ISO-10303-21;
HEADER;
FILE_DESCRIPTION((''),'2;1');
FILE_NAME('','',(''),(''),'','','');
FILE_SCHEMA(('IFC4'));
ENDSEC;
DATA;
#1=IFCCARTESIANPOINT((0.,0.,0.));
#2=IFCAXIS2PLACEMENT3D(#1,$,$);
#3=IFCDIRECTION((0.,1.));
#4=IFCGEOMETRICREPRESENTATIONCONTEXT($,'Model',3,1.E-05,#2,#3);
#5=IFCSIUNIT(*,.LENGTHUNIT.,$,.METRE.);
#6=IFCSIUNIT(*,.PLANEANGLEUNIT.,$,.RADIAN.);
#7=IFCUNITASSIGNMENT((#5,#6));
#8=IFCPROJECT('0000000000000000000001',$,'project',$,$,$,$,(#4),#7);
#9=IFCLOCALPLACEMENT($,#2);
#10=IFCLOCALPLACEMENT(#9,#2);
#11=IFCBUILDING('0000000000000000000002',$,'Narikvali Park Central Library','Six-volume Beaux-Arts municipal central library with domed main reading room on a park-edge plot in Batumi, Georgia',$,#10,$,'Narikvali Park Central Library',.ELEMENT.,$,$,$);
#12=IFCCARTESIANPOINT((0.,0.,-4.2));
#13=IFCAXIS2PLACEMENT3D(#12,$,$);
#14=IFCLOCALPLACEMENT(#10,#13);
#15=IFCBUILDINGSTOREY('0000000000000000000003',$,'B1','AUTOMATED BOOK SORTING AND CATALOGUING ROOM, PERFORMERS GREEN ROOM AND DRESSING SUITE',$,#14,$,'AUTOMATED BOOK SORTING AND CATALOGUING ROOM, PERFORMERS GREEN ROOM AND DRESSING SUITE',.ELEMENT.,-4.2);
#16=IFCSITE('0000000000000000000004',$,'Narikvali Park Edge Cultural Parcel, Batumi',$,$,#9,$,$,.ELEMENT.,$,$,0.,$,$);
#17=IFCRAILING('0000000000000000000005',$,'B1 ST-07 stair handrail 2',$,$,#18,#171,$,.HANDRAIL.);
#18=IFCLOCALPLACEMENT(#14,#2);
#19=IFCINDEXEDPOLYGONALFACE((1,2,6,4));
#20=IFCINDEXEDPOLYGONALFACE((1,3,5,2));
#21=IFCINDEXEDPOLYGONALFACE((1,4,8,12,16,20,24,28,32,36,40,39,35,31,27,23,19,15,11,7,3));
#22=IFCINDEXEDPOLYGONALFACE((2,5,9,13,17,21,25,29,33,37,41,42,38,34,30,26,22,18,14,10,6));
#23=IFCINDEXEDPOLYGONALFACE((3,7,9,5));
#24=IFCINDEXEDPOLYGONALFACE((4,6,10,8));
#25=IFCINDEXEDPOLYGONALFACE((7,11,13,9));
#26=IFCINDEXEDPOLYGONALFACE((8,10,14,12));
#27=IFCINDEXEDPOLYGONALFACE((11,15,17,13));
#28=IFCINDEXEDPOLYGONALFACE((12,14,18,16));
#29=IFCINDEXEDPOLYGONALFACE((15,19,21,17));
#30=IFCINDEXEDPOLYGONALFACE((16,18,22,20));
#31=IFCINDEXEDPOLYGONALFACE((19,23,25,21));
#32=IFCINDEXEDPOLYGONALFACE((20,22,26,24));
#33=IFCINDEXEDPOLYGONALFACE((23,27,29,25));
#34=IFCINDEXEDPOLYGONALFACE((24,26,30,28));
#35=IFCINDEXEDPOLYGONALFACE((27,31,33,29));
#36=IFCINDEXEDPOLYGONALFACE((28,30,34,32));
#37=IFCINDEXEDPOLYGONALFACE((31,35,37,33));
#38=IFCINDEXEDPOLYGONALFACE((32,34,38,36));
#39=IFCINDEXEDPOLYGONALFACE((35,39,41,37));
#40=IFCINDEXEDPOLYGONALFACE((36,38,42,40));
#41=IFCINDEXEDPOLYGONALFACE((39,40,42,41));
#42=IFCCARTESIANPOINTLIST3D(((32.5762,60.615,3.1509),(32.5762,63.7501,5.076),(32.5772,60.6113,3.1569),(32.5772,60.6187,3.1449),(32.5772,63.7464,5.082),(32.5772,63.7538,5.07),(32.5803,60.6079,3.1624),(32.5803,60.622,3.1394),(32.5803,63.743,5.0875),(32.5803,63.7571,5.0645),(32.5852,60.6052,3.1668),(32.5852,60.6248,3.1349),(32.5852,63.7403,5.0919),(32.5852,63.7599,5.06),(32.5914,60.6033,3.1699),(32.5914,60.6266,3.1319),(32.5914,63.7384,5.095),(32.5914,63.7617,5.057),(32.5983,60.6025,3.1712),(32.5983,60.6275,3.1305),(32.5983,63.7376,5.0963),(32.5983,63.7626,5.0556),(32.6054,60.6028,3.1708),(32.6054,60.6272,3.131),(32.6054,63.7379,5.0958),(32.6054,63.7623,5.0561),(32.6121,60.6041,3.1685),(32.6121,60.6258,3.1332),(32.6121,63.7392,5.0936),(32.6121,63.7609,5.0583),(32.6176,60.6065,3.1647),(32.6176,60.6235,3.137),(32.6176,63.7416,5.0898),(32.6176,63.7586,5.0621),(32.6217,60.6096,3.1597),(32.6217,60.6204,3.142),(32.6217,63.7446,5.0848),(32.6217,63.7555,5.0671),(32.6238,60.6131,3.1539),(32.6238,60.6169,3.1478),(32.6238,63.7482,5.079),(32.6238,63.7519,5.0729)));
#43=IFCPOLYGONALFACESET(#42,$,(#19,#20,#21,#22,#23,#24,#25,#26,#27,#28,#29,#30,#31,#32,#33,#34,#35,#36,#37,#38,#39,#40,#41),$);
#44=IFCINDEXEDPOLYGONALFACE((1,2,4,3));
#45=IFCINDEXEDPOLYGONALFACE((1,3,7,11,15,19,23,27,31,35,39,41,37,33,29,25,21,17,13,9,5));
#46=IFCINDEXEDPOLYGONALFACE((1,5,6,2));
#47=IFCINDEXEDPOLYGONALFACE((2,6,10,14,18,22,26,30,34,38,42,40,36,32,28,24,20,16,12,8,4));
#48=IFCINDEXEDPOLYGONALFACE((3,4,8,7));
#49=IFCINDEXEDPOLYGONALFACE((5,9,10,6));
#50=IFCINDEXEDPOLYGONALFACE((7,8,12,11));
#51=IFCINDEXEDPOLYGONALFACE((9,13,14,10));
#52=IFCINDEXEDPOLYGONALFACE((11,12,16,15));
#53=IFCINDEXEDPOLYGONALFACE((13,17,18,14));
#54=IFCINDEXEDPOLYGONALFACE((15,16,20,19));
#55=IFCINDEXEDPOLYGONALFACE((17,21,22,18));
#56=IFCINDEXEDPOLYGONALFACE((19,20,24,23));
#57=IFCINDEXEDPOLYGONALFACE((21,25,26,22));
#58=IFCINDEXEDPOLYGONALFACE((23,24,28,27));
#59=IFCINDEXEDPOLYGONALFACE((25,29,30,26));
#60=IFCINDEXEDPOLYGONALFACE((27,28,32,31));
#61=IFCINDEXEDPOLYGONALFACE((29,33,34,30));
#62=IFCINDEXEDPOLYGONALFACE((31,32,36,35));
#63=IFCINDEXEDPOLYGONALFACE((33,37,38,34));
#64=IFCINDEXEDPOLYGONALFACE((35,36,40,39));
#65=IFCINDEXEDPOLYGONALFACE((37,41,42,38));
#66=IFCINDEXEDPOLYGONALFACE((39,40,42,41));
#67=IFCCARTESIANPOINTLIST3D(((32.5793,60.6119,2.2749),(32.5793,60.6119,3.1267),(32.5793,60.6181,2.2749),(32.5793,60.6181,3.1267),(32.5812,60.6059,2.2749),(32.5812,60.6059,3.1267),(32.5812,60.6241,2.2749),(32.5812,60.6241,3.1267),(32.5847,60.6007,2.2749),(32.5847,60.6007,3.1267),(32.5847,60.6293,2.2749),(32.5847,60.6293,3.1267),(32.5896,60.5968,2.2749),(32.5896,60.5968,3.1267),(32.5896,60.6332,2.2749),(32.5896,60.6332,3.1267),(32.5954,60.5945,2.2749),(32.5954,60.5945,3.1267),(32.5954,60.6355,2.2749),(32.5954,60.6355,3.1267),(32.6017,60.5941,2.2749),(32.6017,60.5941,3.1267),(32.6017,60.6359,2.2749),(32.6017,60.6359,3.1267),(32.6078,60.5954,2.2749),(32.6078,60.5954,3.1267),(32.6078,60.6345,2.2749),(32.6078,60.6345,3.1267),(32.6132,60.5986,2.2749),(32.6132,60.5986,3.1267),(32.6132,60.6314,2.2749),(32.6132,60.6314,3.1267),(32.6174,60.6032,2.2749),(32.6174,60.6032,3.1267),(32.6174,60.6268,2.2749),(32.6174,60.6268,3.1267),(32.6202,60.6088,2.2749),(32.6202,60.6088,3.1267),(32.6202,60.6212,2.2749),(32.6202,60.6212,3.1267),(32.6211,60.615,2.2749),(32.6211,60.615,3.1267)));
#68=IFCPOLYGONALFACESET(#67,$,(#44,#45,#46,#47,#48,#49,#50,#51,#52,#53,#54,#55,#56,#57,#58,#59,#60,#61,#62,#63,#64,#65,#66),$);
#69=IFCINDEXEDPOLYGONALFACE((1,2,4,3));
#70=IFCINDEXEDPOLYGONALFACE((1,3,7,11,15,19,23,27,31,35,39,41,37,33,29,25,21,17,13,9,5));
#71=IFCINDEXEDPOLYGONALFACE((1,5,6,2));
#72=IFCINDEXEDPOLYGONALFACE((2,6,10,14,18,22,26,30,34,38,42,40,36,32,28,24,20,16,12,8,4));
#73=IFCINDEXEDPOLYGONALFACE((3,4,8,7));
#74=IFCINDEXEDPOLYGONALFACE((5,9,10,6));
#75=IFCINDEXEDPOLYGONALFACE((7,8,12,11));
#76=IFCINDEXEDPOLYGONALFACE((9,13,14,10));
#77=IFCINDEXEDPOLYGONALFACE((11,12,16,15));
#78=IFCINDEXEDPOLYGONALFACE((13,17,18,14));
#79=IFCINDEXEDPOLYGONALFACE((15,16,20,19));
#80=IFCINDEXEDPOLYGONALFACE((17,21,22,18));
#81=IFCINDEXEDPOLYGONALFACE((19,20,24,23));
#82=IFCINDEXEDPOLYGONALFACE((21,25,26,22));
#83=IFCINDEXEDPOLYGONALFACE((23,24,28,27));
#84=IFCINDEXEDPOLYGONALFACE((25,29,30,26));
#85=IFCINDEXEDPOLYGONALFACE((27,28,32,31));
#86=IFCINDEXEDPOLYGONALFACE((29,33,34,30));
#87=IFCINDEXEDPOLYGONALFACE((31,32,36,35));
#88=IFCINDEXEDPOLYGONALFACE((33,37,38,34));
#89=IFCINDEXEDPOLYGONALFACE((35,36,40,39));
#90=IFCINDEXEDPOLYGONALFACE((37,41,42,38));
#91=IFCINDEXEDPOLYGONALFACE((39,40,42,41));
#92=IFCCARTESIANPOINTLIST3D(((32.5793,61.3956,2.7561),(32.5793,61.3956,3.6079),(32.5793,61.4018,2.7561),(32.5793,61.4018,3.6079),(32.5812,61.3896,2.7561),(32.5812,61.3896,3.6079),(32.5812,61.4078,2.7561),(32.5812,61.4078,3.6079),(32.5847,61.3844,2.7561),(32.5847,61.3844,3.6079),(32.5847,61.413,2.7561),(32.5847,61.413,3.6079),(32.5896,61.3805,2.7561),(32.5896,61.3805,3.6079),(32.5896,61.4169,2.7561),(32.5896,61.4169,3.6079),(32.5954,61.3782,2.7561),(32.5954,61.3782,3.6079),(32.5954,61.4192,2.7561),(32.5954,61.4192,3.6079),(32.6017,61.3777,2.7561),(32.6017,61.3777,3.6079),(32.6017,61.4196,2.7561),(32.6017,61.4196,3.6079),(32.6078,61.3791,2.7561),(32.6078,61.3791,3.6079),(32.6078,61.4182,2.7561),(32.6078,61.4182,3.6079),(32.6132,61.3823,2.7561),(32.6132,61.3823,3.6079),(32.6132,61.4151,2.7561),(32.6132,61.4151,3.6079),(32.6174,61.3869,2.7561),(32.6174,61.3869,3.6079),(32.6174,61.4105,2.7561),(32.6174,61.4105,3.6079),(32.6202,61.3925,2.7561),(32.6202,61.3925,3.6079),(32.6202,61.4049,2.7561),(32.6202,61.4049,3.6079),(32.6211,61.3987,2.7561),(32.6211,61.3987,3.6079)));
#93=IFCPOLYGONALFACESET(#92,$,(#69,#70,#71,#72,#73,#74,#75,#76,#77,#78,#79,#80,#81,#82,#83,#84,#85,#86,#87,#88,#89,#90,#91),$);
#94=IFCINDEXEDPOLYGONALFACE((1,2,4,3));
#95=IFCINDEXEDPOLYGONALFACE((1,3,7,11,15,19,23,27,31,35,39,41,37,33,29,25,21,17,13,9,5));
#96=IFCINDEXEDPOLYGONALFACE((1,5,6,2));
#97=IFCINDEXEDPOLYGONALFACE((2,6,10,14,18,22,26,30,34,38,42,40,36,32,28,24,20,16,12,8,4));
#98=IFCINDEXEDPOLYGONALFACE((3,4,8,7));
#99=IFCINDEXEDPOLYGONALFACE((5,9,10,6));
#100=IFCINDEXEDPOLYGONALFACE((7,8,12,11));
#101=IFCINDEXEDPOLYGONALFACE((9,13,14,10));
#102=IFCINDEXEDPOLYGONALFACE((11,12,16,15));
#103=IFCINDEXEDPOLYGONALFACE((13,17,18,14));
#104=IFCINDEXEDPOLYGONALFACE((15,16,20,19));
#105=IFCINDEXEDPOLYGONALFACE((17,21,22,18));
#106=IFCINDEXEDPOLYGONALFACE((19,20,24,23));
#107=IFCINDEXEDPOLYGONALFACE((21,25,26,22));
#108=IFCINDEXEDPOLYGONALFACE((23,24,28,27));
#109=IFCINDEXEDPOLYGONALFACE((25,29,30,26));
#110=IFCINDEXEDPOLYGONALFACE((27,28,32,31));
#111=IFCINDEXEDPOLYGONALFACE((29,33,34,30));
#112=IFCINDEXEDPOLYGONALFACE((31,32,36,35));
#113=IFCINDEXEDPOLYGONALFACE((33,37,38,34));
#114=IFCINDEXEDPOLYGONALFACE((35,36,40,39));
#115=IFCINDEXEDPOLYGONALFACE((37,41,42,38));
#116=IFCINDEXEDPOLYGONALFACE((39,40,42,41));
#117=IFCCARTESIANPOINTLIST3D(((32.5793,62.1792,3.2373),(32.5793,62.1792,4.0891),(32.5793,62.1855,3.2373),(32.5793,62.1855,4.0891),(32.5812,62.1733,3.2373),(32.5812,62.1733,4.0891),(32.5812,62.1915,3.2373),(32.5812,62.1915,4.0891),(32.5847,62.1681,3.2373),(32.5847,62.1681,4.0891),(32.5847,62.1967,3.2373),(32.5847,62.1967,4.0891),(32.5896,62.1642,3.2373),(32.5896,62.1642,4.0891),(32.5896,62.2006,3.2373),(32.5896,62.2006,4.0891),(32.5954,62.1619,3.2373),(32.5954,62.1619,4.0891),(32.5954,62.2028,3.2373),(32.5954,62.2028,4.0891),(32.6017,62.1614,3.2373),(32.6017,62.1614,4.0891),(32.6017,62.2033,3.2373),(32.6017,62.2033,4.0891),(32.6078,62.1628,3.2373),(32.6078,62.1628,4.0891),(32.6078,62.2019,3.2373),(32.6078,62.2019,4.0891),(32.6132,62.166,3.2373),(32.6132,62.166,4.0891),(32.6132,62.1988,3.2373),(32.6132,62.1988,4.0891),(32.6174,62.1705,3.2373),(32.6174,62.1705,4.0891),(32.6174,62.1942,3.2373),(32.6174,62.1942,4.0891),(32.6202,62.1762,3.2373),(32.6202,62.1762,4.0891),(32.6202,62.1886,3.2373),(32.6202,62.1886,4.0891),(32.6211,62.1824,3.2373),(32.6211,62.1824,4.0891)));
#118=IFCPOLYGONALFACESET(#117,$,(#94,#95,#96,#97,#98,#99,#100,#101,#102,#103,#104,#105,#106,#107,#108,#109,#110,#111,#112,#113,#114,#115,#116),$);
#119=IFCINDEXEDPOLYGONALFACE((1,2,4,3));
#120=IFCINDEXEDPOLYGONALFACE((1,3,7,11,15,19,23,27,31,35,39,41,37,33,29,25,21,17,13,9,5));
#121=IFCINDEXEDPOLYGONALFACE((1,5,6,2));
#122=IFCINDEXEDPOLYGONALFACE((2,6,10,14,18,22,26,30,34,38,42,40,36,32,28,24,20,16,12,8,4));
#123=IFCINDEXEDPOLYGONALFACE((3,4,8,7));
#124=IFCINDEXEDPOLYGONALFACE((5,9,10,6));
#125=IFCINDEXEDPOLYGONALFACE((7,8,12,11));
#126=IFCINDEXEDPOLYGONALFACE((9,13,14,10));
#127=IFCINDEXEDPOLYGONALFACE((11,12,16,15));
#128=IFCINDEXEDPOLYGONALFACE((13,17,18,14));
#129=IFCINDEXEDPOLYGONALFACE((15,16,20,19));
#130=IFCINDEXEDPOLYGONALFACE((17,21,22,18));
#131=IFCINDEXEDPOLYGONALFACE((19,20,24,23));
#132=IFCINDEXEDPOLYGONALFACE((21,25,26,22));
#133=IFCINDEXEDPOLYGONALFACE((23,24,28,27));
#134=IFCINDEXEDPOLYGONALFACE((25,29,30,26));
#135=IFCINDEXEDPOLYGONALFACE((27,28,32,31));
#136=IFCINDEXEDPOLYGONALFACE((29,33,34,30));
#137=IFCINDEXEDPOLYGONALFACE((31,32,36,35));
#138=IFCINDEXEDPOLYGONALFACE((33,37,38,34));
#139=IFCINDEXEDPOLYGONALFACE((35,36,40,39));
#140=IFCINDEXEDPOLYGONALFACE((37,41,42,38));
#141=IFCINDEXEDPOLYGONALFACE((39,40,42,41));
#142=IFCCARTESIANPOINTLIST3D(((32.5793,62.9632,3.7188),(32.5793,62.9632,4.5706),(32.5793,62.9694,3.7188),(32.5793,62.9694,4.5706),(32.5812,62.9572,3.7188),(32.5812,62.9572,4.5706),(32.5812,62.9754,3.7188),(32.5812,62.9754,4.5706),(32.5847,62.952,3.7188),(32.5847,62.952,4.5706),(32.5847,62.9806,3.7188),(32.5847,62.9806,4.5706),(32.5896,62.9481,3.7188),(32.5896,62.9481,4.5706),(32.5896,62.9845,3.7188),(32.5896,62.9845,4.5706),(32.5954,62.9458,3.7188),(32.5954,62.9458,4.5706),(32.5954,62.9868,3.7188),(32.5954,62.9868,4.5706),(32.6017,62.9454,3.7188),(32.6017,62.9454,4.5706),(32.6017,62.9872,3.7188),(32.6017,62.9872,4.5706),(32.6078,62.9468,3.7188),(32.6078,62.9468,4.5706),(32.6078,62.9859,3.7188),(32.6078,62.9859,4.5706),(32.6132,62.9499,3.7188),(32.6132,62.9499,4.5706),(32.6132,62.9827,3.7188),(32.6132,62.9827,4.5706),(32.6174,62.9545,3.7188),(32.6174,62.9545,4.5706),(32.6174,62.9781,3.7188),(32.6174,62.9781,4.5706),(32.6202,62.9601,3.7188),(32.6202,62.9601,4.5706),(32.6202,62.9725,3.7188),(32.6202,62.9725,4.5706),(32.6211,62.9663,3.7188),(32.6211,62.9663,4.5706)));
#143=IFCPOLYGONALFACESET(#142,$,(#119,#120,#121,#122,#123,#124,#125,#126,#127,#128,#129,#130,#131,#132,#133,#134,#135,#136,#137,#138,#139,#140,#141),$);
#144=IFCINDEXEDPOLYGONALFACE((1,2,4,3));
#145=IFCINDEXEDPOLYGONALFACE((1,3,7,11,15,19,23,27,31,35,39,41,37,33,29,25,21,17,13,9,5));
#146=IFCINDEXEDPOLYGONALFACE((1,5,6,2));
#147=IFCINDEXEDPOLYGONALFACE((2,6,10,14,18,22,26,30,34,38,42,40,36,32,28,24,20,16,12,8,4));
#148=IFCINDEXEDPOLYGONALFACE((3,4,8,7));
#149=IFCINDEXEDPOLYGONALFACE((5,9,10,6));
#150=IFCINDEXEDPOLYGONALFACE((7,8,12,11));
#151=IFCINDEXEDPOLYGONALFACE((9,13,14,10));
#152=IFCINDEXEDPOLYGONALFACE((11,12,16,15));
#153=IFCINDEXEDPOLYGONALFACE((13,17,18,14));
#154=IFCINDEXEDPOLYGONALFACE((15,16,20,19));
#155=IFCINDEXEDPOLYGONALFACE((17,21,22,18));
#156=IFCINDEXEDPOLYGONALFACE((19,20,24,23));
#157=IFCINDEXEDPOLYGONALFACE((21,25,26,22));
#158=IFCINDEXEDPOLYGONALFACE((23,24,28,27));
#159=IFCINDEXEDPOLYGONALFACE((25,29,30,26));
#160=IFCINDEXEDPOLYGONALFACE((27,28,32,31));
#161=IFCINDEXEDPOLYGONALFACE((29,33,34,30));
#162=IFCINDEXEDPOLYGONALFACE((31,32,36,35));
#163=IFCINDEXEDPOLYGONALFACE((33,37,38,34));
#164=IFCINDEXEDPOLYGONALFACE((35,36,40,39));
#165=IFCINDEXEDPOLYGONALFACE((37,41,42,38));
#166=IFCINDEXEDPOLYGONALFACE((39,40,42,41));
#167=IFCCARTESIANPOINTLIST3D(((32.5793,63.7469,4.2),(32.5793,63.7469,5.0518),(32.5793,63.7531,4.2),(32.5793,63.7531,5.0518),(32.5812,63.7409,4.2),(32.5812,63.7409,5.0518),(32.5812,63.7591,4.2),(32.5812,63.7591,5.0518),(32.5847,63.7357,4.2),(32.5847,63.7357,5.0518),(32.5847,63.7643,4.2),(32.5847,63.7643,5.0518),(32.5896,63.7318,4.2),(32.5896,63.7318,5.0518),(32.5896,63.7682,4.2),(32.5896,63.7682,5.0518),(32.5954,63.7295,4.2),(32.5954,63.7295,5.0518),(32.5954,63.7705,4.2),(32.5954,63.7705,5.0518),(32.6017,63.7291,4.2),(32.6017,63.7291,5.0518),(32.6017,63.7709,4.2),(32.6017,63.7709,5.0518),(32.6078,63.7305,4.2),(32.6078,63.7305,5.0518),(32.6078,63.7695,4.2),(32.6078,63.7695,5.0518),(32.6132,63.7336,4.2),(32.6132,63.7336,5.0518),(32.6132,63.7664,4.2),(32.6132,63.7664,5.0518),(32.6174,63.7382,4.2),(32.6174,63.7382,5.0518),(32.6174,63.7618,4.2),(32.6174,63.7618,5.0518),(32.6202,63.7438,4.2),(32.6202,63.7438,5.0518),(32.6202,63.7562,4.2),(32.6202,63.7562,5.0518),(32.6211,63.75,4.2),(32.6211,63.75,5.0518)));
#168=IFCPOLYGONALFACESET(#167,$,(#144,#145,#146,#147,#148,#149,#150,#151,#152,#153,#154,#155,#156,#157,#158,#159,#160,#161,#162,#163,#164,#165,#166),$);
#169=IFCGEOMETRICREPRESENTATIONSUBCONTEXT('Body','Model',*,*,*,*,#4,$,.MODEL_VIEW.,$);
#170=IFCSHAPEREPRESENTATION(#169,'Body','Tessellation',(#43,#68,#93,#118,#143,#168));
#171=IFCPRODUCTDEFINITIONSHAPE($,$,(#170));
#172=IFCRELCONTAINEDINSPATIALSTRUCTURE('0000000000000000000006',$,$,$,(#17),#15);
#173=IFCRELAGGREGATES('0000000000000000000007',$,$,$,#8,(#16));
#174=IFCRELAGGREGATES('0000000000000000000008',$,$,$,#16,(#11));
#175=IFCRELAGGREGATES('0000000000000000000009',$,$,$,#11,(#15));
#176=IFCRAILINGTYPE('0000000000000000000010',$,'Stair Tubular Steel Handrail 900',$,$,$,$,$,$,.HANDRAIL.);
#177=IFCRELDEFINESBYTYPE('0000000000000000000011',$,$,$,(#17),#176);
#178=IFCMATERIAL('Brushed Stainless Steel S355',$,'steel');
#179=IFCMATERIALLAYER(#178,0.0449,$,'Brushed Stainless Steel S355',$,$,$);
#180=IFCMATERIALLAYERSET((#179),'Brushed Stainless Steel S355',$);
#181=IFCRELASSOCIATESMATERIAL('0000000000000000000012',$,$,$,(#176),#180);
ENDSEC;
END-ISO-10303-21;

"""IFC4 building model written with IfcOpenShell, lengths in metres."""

from ifc_helpers import new_model, si_unit, direction, frame, origin, origin_2d, place, context, subcontext, project, spatial, circle, extrude, material, layer, layer_set, type_object, element, save


model = new_model("IFC4")

# Units and contexts
model_context = context("Model", 3, precision=1e-05, world=origin(), true_north=direction((0.0, 1.0)))
body_context = subcontext(model_context, "Body", "Model", "MODEL_VIEW")
ifc_project = project(units=[si_unit("LENGTHUNIT", "METRE"), si_unit("PLANEANGLEUNIT", "RADIAN")], contexts=[model_context])

# Site, building, storey
site_placement = place(None, origin())
site = spatial("IfcSite", under=ifc_project, at=site_placement, Name="Narikvali Park Edge Cultural Parcel, Batumi", CompositionType="ELEMENT", RefElevation=0.0)
building_placement = place(site_placement, origin())
building = spatial("IfcBuilding", under=site, at=building_placement, Name="Narikvali Park Central Library", Description="Six-volume Beaux-Arts municipal central library with domed main reading room on a park-edge plot in Batumi, Georgia", LongName="Narikvali Park Central Library", CompositionType="ELEMENT")
storey_placement = place(building_placement, frame((0.0, 0.0, -4.2)))
storey = spatial("IfcBuildingStorey", under=building, at=storey_placement, Name="B1", Description="AUTOMATED BOOK SORTING AND CATALOGUING ROOM, PERFORMERS GREEN ROOM AND DRESSING SUITE", LongName="AUTOMATED BOOK SORTING AND CATALOGUING ROOM, PERFORMERS GREEN ROOM AND DRESSING SUITE", CompositionType="ELEMENT", Elevation=-4.2)

# Shared definitions
ifc_material_1 = material(Name="Brushed Stainless Steel S355", Category="steel")

# Railing
ifc_layer_1 = layer(ifc_material_1, 0.0449, Name="Brushed Stainless Steel S355")
ifc_layer_set_1 = layer_set([ifc_layer_1], Name="Brushed Stainless Steel S355")
railing_type_1 = type_object("IfcRailingType", Name="Stair Tubular Steel Handrail 900", PredefinedType="HANDRAIL", material=ifc_layer_set_1)
railing_1_placement = place(storey_placement, frame((32.6001, 60.615, 2.2749)))
element("IfcRailing", 1, at=railing_1_placement, inside=storey, type_object=railing_type_1, Name="B1 ST-07 stair handrail 2", PredefinedType="HANDRAIL", context=body_context, shape_type="SweptSolid", body=[
    extrude(circle(Radius=0.0239, at=origin_2d()), frame((0.0, 0.0, 0.876), z_axis=(0.0, 0.852166, 0.523271), x_axis=(-1.0, 0.0, 0.0)), (0.0, 0.0, 1.0), 3.679),
    extrude(circle(Radius=0.021, at=origin_2d()), origin(), (0.0, 0.0, 1.0), 0.8518),
    extrude(circle(Radius=0.021, at=origin_2d()), frame((0.0, 0.7837, 0.4812)), (0.0, 0.0, 1.0), 0.8518),
    extrude(circle(Radius=0.021, at=origin_2d()), frame((0.0, 1.5674, 0.9624)), (0.0, 0.0, 1.0), 0.8518),
    extrude(circle(Radius=0.021, at=origin_2d()), frame((0.0, 2.3513, 1.4438)), (0.0, 0.0, 1.0), 0.8518),
    extrude(circle(Radius=0.021, at=origin_2d()), frame((0.0, 3.135, 1.925)), (0.0, 0.0, 1.0), 0.8518),
])

save(model, "model.ifc")
